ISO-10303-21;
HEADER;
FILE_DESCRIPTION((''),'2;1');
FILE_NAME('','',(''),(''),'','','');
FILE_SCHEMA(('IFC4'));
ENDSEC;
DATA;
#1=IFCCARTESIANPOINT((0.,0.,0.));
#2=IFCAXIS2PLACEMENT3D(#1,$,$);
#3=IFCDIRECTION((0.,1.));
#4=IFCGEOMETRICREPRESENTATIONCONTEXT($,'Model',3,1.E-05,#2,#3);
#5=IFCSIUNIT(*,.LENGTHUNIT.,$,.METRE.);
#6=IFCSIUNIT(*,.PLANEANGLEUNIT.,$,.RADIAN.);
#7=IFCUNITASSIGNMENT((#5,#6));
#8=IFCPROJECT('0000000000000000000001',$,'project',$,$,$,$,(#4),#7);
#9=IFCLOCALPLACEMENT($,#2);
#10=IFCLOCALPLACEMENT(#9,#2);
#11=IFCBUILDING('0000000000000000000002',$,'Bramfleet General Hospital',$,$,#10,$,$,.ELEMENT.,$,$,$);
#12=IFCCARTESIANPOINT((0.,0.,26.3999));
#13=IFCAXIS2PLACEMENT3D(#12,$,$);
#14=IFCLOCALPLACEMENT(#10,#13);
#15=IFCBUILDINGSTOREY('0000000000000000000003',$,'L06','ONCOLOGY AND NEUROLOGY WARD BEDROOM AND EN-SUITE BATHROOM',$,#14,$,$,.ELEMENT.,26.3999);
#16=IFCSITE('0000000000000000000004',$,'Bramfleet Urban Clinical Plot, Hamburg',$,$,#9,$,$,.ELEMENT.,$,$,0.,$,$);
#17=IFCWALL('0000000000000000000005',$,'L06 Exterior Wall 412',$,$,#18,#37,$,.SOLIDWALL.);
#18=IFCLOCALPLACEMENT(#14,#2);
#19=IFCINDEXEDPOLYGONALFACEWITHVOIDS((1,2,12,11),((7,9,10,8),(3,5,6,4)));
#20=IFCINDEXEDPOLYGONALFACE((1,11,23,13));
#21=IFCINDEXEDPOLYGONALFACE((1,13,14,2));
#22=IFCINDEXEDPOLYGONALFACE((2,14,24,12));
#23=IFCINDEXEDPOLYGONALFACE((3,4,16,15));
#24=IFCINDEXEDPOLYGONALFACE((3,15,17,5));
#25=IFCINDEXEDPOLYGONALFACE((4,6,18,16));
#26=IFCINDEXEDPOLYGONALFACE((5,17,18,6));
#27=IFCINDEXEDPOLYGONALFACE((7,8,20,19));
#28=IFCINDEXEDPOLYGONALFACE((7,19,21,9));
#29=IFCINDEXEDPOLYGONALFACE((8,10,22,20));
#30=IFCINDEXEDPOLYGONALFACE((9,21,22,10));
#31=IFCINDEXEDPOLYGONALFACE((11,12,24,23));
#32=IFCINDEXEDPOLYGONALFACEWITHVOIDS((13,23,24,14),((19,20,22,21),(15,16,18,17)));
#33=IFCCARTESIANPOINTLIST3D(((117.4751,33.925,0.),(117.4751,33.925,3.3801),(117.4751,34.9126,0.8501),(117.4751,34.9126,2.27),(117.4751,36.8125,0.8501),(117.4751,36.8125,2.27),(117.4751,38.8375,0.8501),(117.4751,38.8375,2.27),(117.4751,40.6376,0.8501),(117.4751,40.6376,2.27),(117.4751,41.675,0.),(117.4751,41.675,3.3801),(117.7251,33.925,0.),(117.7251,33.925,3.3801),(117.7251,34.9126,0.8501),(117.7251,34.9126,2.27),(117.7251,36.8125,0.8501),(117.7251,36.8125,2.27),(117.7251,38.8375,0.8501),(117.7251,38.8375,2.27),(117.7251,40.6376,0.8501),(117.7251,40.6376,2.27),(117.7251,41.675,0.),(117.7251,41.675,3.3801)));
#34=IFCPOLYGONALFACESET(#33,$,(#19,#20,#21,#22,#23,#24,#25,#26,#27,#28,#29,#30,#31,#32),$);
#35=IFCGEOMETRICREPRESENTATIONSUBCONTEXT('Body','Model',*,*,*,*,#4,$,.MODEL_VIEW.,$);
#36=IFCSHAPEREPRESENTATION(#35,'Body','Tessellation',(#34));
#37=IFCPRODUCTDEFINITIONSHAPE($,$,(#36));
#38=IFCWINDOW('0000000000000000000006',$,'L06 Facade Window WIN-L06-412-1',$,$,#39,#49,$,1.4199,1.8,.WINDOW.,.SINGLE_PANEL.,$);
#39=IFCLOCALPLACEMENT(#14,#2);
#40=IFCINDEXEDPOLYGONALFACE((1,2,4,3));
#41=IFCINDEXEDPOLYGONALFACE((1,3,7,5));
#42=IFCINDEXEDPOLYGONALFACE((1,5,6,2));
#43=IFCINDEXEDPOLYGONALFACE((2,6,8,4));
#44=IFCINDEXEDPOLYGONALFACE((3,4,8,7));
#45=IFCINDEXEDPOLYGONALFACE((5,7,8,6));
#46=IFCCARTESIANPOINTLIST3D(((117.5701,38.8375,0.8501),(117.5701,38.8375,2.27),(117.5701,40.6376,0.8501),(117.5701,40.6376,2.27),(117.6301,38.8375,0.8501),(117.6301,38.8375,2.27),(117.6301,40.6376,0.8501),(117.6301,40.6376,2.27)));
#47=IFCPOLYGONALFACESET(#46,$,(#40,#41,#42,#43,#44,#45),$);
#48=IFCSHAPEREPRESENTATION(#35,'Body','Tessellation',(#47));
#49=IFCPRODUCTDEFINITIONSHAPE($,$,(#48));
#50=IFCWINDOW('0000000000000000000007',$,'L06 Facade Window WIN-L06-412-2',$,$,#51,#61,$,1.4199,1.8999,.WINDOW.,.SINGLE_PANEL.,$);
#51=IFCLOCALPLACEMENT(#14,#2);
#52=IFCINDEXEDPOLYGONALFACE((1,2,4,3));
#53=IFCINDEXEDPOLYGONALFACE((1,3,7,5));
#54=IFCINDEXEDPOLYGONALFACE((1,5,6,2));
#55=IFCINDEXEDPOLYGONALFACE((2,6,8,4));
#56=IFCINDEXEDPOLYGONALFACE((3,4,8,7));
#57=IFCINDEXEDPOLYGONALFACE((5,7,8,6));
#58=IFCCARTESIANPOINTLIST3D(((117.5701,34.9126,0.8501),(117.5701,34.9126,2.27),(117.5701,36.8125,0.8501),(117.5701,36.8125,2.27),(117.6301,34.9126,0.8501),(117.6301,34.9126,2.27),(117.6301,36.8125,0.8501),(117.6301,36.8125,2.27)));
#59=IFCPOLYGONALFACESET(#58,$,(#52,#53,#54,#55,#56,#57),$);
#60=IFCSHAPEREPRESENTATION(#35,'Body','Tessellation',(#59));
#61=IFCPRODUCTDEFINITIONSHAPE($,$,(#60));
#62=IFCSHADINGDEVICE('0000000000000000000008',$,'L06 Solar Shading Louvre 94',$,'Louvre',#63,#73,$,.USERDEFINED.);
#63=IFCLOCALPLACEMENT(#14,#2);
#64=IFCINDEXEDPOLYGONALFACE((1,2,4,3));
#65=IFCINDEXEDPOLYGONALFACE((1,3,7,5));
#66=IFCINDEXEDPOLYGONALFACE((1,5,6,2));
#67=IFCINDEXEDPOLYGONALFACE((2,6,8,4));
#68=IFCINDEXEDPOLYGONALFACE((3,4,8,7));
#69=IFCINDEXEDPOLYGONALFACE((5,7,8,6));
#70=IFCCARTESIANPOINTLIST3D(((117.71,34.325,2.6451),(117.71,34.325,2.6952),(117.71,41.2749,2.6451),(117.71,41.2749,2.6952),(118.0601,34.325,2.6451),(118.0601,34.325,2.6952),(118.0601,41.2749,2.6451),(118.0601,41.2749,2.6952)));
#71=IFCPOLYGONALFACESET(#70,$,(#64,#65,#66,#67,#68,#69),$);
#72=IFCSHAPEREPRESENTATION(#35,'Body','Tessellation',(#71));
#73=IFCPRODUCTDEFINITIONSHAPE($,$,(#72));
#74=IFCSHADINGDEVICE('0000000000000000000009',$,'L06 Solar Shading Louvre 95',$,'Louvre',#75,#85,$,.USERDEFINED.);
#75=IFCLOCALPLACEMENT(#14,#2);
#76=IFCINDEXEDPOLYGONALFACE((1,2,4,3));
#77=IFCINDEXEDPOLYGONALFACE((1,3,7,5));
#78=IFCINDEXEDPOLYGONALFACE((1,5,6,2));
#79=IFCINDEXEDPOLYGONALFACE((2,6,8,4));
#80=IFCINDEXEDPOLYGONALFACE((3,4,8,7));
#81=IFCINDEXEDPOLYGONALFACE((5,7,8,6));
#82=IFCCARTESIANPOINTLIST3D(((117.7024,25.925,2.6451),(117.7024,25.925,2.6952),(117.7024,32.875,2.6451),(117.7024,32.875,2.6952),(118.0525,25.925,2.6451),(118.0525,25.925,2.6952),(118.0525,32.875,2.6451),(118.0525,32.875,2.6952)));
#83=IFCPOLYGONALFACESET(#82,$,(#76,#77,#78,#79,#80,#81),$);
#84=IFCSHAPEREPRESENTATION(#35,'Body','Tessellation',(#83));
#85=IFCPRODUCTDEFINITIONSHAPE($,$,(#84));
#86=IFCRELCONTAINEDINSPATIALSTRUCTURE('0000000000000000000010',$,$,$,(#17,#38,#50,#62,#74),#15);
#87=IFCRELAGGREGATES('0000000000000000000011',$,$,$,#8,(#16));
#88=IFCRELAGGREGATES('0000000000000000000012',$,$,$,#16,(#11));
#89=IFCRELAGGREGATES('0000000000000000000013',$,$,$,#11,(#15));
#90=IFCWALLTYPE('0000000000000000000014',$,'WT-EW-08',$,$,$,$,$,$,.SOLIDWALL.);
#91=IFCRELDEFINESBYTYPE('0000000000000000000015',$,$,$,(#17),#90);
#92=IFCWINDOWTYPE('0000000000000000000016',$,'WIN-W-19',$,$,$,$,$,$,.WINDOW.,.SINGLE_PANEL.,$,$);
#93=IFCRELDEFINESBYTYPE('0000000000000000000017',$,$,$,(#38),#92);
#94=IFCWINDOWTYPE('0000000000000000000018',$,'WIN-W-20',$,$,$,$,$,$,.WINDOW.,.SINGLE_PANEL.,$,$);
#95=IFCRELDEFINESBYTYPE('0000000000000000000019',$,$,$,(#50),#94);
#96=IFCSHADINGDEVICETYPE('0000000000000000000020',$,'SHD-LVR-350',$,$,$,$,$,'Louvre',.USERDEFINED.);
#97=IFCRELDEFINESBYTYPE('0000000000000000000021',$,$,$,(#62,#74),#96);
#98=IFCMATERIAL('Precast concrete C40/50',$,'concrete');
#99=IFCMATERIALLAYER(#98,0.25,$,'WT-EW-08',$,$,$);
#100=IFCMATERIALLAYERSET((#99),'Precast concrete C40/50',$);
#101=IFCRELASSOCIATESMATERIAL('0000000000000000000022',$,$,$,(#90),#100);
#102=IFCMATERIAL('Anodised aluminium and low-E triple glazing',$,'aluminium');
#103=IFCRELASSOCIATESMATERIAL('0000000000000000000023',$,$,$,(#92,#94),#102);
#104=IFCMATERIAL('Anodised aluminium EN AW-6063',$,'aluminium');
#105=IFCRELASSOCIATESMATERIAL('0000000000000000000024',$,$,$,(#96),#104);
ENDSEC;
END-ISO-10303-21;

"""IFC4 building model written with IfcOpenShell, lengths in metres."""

from ifc_helpers import new_model, si_unit, direction, frame, frame_2d, origin, origin_2d, place, context, subcontext, project, spatial, rectangle, extrude, material, layer, layer_set, material_profile, profile_set, type_object, element, fill, save


model = new_model("IFC4")

# Units and contexts
model_context = context("Model", 3, precision=1e-05, world=origin(), true_north=direction((0.0, 1.0)))
body_context = subcontext(model_context, "Body", "Model", "MODEL_VIEW")
ifc_project = project(units=[si_unit("LENGTHUNIT", "METRE"), si_unit("PLANEANGLEUNIT", "RADIAN")], contexts=[model_context])

# Site, building, storey
site_placement = place(None, origin())
site = spatial("IfcSite", under=ifc_project, at=site_placement, Name="Bramfleet Urban Clinical Plot, Hamburg", CompositionType="ELEMENT", RefElevation=0.0)
building_placement = place(site_placement, origin())
building = spatial("IfcBuilding", under=site, at=building_placement, Name="Bramfleet General Hospital", CompositionType="ELEMENT")
storey_placement = place(building_placement, frame((0.0, 0.0, 26.3999)))
storey = spatial("IfcBuildingStorey", under=building, at=storey_placement, Name="L06", Description="ONCOLOGY AND NEUROLOGY WARD BEDROOM AND EN-SUITE BATHROOM", CompositionType="ELEMENT", Elevation=26.3999)

# Shared definitions
ifc_material_1 = material(Name="Anodised aluminium and low-E triple glazing", Category="aluminium")

# Wall, openings, windows
ifc_material_2 = material(Name="Precast concrete C40/50", Category="concrete")
ifc_layer_1 = layer(ifc_material_2, 0.25, Name="WT-EW-08")
ifc_layer_set_1 = layer_set([ifc_layer_1], Name="Precast concrete C40/50")
wall_type_1 = type_object("IfcWallType", Name="WT-EW-08", PredefinedType="SOLIDWALL", material=ifc_layer_set_1)
wall_1_placement = place(storey_placement, frame((117.6001, 41.675, 0.0), z_axis=(0.0, 0.0, 1.0), x_axis=(0.0, -1.0, 0.0)))
wall_1 = element("IfcWall", 1, at=wall_1_placement, inside=storey, type_object=wall_type_1, Name="L06 Exterior Wall 412", PredefinedType="SOLIDWALL", context=body_context, shape_type="SweptSolid", body=[
    extrude(rectangle(XDim=7.75, YDim=0.25, at=frame_2d((3.875, 0.0))), origin(), (0.0, 0.0, 1.0), 3.3801),
])
opening_1_placement = place(wall_1_placement, frame((1.0376, 0.0, 0.8501)))
opening_1 = element("IfcOpeningElement", 2, at=opening_1_placement, cuts=wall_1, PredefinedType="OPENING", context=body_context, shape_type="SweptSolid", body=[
    extrude(rectangle(XDim=1.8, YDim=1.4199, at=frame_2d((0.8999, 0.71))), frame((0.0, 0.135, 0.0), z_axis=(0.0, -1.0, 0.0), x_axis=(1.0, 0.0, 0.0)), (0.0, 0.0, 1.0), 0.27),
])
opening_2_placement = place(wall_1_placement, frame((4.8625, 0.0, 0.8501)))
opening_2 = element("IfcOpeningElement", 3, at=opening_2_placement, cuts=wall_1, PredefinedType="OPENING", context=body_context, shape_type="SweptSolid", body=[
    extrude(rectangle(XDim=1.8999, YDim=1.4199, at=frame_2d((0.95, 0.71))), frame((0.0, 0.135, 0.0), z_axis=(0.0, -1.0, 0.0), x_axis=(1.0, 0.0, 0.0)), (0.0, 0.0, 1.0), 0.27),
])
window_type_1 = type_object("IfcWindowType", Name="WIN-W-19", PartitioningType="SINGLE_PANEL", PredefinedType="WINDOW", material=ifc_material_1)
window_1_placement = place(opening_1_placement, origin())
window_1 = element("IfcWindow", 4, at=window_1_placement, inside=storey, type_object=window_type_1, Name="L06 Facade Window WIN-L06-412-1", OverallHeight=1.4199, OverallWidth=1.8, PartitioningType="SINGLE_PANEL", PredefinedType="WINDOW", context=body_context, shape_type="SweptSolid", body=[
    extrude(rectangle(XDim=1.8, YDim=1.4199, at=frame_2d((0.8999, 0.71))), frame((0.0, 0.03, 0.0), z_axis=(0.0, -1.0, 0.0), x_axis=(1.0, 0.0, 0.0)), (0.0, 0.0, 1.0), 0.0601),
])
fill(opening_1, window_1)
window_type_2 = type_object("IfcWindowType", Name="WIN-W-20", PartitioningType="SINGLE_PANEL", PredefinedType="WINDOW", material=ifc_material_1)
window_2_placement = place(opening_2_placement, origin())
window_2 = element("IfcWindow", 5, at=window_2_placement, inside=storey, type_object=window_type_2, Name="L06 Facade Window WIN-L06-412-2", OverallHeight=1.4199, OverallWidth=1.8999, PartitioningType="SINGLE_PANEL", PredefinedType="WINDOW", context=body_context, shape_type="SweptSolid", body=[
    extrude(rectangle(XDim=1.8999, YDim=1.4199, at=frame_2d((0.95, 0.71))), frame((0.0, 0.03, 0.0), z_axis=(0.0, -1.0, 0.0), x_axis=(1.0, 0.0, 0.0)), (0.0, 0.0, 1.0), 0.0601),
])
fill(opening_2, window_2)

# Shading devices
ifc_material_3 = material(Name="Anodised aluminium EN AW-6063", Category="aluminium")
ifc_material_profile_1 = material_profile(ifc_material_3, rectangle(XDim=0.05, YDim=0.3501, at=origin_2d()), Name="ALU LOUVRE 350x50")
ifc_profile_set_1 = profile_set([ifc_material_profile_1], Name="Anodised aluminium EN AW-6063")
shading_device_type = type_object("IfcShadingDeviceType", Name="SHD-LVR-350", ElementType="Louvre", PredefinedType="USERDEFINED", material=ifc_profile_set_1)
for number, where, z_axis, x_axis, name in (
    (6, (117.885, 41.2749, 2.6702), (0.0, -1.0, 0.0), (0.0, 0.0, 1.0), "L06 Solar Shading Louvre 94"),
    (7, (117.8774, 32.875, 2.6702), (0.0, -1.0, 0.0), (0.0, 0.0, 1.0), "L06 Solar Shading Louvre 95"),
):
    element("IfcShadingDevice", number, at=place(storey_placement, frame(where, z_axis=z_axis, x_axis=x_axis)), inside=storey, type_object=shading_device_type, Name=name, ObjectType="Louvre", PredefinedType="USERDEFINED", context=body_context, shape_type="SweptSolid", body=[
        extrude(rectangle(XDim=0.05, YDim=0.3501, at=origin_2d()), origin(), (0.0, 0.0, 1.0), 6.95),
    ])

save(model, "model.ifc")
